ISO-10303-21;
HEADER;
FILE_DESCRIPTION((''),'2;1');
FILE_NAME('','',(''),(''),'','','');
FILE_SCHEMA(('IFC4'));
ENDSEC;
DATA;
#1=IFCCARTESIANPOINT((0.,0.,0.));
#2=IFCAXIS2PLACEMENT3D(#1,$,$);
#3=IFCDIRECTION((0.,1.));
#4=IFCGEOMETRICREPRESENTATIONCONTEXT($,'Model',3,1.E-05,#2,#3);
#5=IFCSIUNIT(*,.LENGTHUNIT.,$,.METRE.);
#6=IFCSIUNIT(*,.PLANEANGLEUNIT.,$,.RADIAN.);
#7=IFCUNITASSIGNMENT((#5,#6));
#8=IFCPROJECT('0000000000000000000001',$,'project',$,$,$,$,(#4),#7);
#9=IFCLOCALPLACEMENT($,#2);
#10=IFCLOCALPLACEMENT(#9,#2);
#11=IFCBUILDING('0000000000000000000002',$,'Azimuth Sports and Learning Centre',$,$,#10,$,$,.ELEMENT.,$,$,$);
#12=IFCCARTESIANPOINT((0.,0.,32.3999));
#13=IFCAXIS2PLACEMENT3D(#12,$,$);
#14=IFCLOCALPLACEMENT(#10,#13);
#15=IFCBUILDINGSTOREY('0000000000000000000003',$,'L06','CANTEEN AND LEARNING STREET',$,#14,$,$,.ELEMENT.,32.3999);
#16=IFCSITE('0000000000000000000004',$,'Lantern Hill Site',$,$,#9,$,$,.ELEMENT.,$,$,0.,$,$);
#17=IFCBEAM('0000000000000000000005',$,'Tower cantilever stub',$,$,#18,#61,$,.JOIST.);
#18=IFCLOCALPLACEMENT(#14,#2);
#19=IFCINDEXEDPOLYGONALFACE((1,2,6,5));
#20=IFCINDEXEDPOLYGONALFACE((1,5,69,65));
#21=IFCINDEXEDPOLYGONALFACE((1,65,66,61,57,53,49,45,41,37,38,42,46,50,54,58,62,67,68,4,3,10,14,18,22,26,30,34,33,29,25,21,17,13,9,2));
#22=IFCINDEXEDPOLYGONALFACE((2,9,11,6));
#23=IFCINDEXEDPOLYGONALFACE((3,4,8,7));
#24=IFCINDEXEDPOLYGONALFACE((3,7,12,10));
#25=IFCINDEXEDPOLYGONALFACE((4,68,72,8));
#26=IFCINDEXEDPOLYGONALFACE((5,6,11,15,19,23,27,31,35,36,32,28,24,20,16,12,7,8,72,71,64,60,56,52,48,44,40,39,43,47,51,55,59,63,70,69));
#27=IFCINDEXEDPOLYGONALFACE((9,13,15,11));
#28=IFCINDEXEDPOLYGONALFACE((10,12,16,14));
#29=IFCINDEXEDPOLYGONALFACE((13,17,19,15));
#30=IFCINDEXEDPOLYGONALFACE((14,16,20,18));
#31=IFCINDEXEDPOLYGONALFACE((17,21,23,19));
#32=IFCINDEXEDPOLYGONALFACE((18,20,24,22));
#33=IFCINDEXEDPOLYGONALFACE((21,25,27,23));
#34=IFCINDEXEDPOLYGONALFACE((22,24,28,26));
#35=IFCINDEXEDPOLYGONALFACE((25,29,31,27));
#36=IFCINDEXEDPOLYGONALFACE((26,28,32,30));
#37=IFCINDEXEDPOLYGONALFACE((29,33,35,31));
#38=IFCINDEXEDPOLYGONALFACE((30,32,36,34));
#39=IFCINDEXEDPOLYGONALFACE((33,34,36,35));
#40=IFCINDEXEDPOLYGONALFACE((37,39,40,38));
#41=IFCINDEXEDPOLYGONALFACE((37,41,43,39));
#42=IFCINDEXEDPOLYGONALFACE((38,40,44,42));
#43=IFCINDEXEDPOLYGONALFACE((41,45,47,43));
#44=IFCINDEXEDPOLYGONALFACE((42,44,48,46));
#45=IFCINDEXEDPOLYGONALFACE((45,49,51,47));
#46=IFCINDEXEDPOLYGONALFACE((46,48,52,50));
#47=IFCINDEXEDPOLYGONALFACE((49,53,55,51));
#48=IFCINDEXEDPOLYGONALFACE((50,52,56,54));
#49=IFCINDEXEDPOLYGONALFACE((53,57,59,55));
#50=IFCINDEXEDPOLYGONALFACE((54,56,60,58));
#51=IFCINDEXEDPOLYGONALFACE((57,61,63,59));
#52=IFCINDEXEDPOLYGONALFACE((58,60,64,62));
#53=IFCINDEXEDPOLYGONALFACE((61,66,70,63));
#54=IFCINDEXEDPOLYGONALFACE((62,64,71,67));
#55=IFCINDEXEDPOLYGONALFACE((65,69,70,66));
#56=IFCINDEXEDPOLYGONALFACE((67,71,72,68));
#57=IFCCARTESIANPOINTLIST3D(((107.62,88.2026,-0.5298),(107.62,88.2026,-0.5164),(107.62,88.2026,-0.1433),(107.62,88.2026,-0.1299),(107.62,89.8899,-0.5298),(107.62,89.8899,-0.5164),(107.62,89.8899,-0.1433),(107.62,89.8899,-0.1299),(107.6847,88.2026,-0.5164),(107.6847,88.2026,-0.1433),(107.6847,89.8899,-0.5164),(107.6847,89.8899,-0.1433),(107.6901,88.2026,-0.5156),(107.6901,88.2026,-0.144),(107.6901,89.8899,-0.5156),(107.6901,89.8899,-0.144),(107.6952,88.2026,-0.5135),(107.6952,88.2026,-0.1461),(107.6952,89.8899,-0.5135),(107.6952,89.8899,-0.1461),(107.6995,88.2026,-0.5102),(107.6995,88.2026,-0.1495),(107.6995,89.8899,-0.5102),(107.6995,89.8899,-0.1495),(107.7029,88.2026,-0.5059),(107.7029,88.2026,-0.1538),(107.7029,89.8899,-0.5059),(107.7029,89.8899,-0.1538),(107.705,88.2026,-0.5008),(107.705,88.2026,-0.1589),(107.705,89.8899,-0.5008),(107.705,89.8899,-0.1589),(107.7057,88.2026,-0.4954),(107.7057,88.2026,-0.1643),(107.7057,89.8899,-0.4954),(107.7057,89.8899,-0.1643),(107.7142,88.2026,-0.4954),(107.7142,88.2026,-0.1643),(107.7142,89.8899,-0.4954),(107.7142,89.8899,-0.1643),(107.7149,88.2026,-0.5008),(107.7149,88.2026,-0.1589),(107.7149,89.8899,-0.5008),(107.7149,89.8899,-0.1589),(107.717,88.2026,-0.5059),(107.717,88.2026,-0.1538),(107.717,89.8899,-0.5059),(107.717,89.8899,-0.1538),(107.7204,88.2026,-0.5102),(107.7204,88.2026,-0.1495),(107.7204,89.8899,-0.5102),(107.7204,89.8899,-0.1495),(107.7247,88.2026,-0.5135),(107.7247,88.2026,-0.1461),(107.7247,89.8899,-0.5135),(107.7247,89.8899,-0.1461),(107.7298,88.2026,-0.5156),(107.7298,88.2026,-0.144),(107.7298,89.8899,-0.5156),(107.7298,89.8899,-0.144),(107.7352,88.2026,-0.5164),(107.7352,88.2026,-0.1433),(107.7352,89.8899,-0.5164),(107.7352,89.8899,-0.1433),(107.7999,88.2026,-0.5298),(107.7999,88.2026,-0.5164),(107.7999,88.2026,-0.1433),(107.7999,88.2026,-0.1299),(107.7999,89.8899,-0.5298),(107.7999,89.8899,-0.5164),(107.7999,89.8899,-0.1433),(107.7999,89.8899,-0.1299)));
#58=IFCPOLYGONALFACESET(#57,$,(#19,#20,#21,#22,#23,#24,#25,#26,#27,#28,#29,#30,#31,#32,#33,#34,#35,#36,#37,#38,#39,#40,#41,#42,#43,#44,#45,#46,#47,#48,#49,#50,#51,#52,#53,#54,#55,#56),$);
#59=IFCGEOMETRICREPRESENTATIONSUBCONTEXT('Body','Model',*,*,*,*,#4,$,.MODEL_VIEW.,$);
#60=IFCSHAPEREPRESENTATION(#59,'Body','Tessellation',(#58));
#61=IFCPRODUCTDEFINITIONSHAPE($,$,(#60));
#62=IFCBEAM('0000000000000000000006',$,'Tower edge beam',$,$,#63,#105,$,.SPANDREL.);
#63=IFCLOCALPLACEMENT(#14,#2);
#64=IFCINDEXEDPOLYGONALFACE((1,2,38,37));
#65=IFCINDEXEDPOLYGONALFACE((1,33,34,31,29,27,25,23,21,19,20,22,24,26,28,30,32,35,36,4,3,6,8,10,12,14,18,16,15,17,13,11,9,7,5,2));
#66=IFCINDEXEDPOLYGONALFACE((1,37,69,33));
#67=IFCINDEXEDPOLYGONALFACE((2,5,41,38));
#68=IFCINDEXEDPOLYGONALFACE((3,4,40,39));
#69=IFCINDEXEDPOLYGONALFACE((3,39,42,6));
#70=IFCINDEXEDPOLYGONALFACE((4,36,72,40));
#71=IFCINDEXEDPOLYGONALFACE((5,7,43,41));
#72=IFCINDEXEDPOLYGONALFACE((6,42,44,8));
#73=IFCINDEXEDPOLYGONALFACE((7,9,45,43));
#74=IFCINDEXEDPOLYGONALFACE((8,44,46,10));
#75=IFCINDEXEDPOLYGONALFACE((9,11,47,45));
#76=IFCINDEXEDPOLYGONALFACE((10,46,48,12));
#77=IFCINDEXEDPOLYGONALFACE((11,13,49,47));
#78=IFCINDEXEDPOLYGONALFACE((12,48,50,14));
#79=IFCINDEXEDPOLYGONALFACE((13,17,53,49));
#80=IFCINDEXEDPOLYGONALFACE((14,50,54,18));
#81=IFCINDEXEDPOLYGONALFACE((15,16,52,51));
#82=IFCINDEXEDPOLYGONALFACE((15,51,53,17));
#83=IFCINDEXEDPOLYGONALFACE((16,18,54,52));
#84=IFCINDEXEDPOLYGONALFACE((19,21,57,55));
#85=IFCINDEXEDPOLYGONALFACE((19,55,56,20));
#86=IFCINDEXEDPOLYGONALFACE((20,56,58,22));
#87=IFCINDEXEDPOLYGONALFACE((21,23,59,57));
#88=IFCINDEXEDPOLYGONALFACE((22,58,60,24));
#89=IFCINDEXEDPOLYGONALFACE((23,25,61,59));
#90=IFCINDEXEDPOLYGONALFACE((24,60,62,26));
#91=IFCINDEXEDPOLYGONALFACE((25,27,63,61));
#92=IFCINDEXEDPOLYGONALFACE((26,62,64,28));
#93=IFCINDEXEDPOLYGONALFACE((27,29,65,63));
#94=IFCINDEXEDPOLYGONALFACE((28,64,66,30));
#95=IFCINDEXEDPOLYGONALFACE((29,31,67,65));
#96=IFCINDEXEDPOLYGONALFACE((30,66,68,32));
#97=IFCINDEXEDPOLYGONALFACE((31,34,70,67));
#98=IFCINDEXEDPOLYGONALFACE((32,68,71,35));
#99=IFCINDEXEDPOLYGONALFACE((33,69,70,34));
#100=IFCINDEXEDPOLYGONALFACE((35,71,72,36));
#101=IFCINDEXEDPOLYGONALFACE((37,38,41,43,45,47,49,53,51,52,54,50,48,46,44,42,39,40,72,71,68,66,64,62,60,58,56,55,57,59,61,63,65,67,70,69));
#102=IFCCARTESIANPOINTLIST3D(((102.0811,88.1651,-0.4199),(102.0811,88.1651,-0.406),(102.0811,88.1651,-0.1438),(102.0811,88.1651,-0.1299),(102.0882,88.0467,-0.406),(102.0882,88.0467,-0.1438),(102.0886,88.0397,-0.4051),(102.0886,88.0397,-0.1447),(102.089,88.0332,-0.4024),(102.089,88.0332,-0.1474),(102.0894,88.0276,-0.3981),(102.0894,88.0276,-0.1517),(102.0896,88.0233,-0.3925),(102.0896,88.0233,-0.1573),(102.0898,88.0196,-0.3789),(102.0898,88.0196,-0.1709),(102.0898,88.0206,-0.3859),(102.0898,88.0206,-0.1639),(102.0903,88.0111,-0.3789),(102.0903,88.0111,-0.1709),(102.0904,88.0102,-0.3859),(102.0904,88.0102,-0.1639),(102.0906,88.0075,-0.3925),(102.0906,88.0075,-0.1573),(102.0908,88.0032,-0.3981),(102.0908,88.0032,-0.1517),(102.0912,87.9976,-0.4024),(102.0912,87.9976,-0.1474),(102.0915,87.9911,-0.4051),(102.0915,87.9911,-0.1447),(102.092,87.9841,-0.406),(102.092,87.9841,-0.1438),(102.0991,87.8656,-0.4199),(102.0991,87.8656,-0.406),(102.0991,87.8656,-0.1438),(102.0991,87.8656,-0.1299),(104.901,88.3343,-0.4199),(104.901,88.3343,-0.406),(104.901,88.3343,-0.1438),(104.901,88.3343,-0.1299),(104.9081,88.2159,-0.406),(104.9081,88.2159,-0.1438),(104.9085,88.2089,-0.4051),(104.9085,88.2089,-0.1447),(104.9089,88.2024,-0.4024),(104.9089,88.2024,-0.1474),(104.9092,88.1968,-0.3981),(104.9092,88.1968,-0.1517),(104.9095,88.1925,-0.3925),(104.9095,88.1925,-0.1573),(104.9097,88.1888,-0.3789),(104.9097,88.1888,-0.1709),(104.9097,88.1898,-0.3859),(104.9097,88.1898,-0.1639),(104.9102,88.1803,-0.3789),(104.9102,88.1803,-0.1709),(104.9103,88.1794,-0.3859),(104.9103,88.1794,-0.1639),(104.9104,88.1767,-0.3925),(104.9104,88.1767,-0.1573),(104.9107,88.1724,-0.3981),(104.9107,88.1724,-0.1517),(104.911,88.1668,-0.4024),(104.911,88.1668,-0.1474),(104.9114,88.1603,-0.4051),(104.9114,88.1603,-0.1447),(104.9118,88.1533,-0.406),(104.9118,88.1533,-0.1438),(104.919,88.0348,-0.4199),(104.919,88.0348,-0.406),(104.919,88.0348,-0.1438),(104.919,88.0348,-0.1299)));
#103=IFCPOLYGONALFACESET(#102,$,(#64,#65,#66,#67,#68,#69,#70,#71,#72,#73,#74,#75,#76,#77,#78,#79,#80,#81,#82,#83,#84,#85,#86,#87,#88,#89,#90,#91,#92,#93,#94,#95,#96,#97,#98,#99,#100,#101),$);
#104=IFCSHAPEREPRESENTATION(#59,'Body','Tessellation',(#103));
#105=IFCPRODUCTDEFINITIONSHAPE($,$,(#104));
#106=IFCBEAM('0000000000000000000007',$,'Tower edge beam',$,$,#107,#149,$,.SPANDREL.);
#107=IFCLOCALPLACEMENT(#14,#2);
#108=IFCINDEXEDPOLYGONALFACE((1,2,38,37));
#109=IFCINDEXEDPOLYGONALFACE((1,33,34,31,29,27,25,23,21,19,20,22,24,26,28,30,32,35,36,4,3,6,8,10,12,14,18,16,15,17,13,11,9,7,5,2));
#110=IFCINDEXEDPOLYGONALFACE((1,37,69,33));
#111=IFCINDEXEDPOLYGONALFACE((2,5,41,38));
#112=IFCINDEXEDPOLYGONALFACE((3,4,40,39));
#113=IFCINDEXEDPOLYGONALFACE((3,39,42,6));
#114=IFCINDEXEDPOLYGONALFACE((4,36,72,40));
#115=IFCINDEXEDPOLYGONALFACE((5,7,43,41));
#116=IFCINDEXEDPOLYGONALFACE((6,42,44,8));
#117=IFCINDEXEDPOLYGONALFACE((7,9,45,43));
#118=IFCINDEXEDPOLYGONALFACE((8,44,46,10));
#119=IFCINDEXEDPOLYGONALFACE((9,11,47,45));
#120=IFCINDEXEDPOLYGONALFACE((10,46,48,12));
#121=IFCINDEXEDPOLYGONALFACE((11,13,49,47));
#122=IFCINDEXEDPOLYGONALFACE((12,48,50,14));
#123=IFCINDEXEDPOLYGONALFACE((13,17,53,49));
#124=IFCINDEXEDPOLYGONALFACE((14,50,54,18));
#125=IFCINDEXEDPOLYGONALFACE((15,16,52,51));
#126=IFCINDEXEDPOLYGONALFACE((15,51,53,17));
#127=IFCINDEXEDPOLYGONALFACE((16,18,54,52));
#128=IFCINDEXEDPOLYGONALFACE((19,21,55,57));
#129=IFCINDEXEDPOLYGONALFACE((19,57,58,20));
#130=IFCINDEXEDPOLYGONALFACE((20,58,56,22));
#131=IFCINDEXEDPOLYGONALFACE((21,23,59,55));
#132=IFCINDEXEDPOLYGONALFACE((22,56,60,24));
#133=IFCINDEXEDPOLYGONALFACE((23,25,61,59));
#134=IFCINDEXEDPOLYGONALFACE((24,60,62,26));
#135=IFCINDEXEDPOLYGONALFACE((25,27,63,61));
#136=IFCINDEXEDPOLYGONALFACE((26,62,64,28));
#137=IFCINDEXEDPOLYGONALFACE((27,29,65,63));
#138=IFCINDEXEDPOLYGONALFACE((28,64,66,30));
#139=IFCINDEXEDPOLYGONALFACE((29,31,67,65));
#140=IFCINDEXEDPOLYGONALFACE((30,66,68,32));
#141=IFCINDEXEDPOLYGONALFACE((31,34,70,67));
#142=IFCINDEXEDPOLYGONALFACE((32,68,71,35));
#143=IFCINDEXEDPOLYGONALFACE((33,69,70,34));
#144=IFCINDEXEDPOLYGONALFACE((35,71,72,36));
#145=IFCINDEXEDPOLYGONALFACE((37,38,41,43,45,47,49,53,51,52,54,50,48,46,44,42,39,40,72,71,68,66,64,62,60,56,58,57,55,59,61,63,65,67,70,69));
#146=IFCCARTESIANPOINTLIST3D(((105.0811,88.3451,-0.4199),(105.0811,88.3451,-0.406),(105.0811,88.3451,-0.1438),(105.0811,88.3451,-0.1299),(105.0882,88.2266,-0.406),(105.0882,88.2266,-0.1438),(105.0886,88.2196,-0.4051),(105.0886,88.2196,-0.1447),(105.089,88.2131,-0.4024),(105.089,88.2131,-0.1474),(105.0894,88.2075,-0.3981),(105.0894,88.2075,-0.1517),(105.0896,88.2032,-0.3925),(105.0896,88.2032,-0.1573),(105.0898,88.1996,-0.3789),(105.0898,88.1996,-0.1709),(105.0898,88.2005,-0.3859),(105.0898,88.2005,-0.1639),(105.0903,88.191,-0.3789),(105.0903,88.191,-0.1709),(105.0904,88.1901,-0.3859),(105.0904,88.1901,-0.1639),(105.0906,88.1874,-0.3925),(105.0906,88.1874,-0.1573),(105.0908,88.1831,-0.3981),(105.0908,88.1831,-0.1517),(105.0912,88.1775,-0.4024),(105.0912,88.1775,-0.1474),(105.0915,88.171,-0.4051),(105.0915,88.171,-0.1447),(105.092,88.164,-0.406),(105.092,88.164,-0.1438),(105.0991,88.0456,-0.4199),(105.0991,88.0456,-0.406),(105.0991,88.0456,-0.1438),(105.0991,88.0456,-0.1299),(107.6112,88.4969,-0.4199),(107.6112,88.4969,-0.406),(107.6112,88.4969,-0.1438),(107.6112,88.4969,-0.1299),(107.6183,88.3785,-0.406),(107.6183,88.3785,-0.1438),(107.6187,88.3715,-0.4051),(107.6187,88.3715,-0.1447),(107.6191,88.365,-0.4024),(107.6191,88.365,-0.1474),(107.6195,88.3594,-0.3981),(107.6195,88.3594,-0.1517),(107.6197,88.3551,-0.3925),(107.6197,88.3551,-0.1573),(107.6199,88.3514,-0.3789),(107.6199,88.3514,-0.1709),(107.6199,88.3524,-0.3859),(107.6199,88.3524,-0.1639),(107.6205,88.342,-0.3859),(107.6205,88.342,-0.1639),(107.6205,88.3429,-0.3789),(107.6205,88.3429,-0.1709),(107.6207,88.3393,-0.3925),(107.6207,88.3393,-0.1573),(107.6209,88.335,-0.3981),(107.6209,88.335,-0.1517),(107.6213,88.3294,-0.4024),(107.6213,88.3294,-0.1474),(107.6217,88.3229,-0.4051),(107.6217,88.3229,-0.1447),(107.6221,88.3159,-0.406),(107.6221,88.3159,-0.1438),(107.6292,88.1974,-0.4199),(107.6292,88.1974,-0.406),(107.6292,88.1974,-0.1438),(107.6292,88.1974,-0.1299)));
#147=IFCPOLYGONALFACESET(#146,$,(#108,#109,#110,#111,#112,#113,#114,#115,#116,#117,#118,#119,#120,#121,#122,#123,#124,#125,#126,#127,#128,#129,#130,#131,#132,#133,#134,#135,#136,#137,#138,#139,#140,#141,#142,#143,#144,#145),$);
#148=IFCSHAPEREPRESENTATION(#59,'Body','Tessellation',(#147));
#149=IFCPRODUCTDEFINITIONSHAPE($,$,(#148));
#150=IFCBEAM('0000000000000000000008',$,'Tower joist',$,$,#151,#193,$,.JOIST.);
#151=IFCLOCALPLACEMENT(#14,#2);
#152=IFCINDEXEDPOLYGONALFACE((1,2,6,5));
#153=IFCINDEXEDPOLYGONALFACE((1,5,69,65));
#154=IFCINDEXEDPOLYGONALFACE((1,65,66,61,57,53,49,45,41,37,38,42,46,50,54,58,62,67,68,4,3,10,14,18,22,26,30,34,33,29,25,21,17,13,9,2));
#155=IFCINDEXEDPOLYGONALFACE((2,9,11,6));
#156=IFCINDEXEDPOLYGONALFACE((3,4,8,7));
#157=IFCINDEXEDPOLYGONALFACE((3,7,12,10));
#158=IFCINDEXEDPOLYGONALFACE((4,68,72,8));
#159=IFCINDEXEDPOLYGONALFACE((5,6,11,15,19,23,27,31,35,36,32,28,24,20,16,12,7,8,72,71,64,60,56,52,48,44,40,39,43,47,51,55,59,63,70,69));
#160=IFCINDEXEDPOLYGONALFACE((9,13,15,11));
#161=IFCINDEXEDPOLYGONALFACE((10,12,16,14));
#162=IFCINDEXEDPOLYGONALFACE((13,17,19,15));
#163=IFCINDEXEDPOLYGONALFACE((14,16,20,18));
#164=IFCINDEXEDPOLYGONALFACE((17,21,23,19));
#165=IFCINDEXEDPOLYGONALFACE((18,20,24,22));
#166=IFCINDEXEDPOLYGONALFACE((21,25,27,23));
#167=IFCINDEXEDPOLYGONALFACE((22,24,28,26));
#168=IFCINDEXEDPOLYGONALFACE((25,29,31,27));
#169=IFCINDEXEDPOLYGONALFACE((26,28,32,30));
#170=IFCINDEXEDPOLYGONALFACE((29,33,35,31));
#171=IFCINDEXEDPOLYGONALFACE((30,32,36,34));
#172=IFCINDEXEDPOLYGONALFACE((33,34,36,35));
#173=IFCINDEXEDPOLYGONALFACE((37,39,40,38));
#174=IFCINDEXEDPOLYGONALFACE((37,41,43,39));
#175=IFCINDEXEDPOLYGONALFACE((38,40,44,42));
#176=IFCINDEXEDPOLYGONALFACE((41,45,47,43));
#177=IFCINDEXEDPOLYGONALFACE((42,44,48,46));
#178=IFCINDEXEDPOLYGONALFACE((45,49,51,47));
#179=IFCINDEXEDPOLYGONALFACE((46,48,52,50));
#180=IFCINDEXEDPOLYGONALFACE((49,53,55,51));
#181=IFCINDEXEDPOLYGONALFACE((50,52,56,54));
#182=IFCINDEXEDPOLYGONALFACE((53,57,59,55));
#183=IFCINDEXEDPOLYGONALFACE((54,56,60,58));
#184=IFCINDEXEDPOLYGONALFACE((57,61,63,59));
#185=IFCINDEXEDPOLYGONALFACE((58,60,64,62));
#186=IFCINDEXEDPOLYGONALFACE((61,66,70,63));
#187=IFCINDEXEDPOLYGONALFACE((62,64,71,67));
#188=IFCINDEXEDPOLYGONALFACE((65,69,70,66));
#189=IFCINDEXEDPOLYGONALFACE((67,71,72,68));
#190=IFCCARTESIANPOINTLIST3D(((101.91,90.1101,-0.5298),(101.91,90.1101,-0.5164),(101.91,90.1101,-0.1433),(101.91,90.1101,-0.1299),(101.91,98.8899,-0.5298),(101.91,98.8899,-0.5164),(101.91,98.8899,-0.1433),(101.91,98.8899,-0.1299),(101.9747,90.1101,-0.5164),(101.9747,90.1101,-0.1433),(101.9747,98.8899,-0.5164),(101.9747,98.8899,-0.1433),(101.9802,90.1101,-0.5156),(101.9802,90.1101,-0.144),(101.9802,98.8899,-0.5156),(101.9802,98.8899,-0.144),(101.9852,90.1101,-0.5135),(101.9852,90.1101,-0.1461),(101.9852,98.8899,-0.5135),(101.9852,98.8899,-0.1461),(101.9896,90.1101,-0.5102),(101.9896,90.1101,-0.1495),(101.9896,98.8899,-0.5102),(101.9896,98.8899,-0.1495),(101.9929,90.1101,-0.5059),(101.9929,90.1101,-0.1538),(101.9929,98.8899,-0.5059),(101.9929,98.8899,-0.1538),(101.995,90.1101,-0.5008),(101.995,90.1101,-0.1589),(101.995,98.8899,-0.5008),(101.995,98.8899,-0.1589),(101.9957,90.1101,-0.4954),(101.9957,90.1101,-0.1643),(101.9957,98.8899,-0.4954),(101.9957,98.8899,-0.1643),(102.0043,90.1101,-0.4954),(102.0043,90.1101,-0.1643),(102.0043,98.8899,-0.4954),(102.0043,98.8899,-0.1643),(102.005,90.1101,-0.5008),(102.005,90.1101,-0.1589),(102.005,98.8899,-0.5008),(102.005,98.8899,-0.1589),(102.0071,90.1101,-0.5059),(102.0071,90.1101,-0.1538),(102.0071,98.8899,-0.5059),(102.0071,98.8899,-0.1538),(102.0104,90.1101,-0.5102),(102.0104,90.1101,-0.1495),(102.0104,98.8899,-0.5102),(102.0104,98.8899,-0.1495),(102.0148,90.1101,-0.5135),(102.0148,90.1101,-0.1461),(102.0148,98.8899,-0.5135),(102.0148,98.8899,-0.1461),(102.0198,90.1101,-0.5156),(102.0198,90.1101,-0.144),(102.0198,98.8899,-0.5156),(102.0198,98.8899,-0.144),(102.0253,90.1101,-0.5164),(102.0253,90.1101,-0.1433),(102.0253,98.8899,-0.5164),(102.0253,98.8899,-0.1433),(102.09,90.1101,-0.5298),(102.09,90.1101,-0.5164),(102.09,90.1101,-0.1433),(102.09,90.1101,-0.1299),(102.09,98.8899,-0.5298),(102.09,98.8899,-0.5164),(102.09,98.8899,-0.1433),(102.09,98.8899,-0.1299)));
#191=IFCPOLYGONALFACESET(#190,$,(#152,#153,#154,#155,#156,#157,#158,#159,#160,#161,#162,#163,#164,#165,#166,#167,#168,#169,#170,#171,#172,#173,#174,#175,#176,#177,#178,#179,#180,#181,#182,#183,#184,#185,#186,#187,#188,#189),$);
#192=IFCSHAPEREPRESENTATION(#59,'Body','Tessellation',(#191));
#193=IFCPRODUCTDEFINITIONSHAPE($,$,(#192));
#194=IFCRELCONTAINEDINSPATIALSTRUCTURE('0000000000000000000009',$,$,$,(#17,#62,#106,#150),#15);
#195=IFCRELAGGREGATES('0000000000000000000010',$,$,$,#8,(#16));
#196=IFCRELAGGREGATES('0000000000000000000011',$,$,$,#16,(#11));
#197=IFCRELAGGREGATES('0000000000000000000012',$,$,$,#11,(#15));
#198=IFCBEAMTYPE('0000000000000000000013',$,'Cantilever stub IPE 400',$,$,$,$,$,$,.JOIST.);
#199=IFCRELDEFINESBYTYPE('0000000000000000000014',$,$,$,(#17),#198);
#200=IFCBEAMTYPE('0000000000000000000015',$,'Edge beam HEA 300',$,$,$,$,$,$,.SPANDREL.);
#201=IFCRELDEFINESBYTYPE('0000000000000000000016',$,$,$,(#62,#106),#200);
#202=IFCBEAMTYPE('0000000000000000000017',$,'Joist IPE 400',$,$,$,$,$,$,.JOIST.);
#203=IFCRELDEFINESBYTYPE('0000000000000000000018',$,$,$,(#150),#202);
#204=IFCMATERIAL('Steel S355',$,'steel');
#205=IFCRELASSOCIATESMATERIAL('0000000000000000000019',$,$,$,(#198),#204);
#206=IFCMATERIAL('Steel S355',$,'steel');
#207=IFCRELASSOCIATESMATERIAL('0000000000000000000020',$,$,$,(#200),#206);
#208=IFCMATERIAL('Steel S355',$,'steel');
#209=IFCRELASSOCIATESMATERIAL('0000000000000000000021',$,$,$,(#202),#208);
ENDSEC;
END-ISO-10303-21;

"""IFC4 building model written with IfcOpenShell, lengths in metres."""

from ifc_helpers import new_model, si_unit, direction, frame, origin, origin_2d, place, context, subcontext, project, spatial, i_section, extrude, material, material_profile, profile_set, type_object, element, save


model = new_model("IFC4")

# Units and contexts
model_context = context("Model", 3, precision=1e-05, world=origin(), true_north=direction((0.0, 1.0)))
body_context = subcontext(model_context, "Body", "Model", "MODEL_VIEW")
ifc_project = project(units=[si_unit("LENGTHUNIT", "METRE"), si_unit("PLANEANGLEUNIT", "RADIAN")], contexts=[model_context])

# Site, building, storey
site_placement = place(None, origin())
site = spatial("IfcSite", under=ifc_project, at=site_placement, Name="Lantern Hill Site", CompositionType="ELEMENT", RefElevation=0.0)
building_placement = place(site_placement, origin())
building = spatial("IfcBuilding", under=site, at=building_placement, Name="Azimuth Sports and Learning Centre", CompositionType="ELEMENT")
storey_placement = place(building_placement, frame((0.0, 0.0, 32.3999)))
storey = spatial("IfcBuildingStorey", under=building, at=storey_placement, Name="L06", Description="CANTEEN AND LEARNING STREET", CompositionType="ELEMENT", Elevation=32.3999)

# Beams
ifc_material_1 = material(Name="Steel S355", Category="steel")
ifc_material_profile_1 = material_profile(ifc_material_1, i_section(OverallWidth=0.1799, OverallDepth=0.3999, WebThickness=0.0085, FlangeThickness=0.0134, FilletRadius=0.021, at=origin_2d()), Name="IPE 400")
ifc_profile_set_1 = profile_set([ifc_material_profile_1], Name="Steel S355")
beam_type_1 = type_object("IfcBeamType", Name="Cantilever stub IPE 400", PredefinedType="JOIST", material=ifc_profile_set_1)
beam_1_placement = place(storey_placement, frame((107.71, 89.8899, -0.3298), z_axis=(0.0, -1.0, 0.0), x_axis=(1.0, 0.0, 0.0)))
element("IfcBeam", 1, at=beam_1_placement, inside=storey, type_object=beam_type_1, Name="Tower cantilever stub", PredefinedType="JOIST", context=body_context, shape_type="SweptSolid", body=[
    extrude(i_section(OverallWidth=0.1799, OverallDepth=0.3999, WebThickness=0.0085, FlangeThickness=0.0134, FilletRadius=0.021, at=origin_2d()), origin(), (0.0, 0.0, 1.0), 1.6873),
])
ifc_material_2 = material(Name="Steel S355", Category="steel")
ifc_material_profile_2 = material_profile(ifc_material_2, i_section(OverallWidth=0.3, OverallDepth=0.29, WebThickness=0.0085, FlangeThickness=0.0139, FilletRadius=0.0271, at=origin_2d()), Name="HEA 300")
ifc_profile_set_2 = profile_set([ifc_material_profile_2], Name="Steel S355")
beam_type_2 = type_object("IfcBeamType", Name="Edge beam HEA 300", PredefinedType="SPANDREL", material=ifc_profile_set_2)
beam_2_placement = place(storey_placement, frame((102.0901, 88.0154, -0.2749), z_axis=(0.998205, 0.059892, 0.0), x_axis=(-0.059892, 0.998205, 0.0)))
element("IfcBeam", 2, at=beam_2_placement, inside=storey, type_object=beam_type_2, Name="Tower edge beam", PredefinedType="SPANDREL", context=body_context, shape_type="SweptSolid", body=[
    extrude(i_section(OverallWidth=0.3, OverallDepth=0.29, WebThickness=0.0085, FlangeThickness=0.0139, FilletRadius=0.0271, at=origin_2d()), origin(), (0.0, 0.0, 1.0), 2.825),
])
beam_3_placement = place(storey_placement, frame((105.0901, 88.1953, -0.2749), z_axis=(0.998204, 0.059913, 0.0), x_axis=(-0.059913, 0.998204, 0.0)))
element("IfcBeam", 3, at=beam_3_placement, inside=storey, type_object=beam_type_2, Name="Tower edge beam", PredefinedType="SPANDREL", context=body_context, shape_type="SweptSolid", body=[
    extrude(i_section(OverallWidth=0.3, OverallDepth=0.29, WebThickness=0.0085, FlangeThickness=0.0139, FilletRadius=0.0271, at=origin_2d()), origin(), (0.0, 0.0, 1.0), 2.5347),
])
ifc_material_3 = material(Name="Steel S355", Category="steel")
ifc_material_profile_3 = material_profile(ifc_material_3, i_section(OverallWidth=0.1799, OverallDepth=0.3999, WebThickness=0.0085, FlangeThickness=0.0134, FilletRadius=0.021, at=origin_2d()), Name="IPE 400")
ifc_profile_set_3 = profile_set([ifc_material_profile_3], Name="Steel S355")
beam_type_3 = type_object("IfcBeamType", Name="Joist IPE 400", PredefinedType="JOIST", material=ifc_profile_set_3)
for number, where, z_axis, x_axis, name in (
    (4, (102.0, 90.1101, -0.3298), (0.0, 1.0, 0.0), (-1.0, 0.0, 0.0), "Tower joist"),
):
    element("IfcBeam", number, at=place(storey_placement, frame(where, z_axis=z_axis, x_axis=x_axis)), inside=storey, type_object=beam_type_3, Name=name, PredefinedType="JOIST", context=body_context, shape_type="SweptSolid", body=[
        extrude(i_section(OverallWidth=0.1799, OverallDepth=0.3999, WebThickness=0.0085, FlangeThickness=0.0134, FilletRadius=0.021, at=origin_2d()), origin(), (0.0, 0.0, 1.0), 8.7798),
    ])

save(model, "model.ifc")
